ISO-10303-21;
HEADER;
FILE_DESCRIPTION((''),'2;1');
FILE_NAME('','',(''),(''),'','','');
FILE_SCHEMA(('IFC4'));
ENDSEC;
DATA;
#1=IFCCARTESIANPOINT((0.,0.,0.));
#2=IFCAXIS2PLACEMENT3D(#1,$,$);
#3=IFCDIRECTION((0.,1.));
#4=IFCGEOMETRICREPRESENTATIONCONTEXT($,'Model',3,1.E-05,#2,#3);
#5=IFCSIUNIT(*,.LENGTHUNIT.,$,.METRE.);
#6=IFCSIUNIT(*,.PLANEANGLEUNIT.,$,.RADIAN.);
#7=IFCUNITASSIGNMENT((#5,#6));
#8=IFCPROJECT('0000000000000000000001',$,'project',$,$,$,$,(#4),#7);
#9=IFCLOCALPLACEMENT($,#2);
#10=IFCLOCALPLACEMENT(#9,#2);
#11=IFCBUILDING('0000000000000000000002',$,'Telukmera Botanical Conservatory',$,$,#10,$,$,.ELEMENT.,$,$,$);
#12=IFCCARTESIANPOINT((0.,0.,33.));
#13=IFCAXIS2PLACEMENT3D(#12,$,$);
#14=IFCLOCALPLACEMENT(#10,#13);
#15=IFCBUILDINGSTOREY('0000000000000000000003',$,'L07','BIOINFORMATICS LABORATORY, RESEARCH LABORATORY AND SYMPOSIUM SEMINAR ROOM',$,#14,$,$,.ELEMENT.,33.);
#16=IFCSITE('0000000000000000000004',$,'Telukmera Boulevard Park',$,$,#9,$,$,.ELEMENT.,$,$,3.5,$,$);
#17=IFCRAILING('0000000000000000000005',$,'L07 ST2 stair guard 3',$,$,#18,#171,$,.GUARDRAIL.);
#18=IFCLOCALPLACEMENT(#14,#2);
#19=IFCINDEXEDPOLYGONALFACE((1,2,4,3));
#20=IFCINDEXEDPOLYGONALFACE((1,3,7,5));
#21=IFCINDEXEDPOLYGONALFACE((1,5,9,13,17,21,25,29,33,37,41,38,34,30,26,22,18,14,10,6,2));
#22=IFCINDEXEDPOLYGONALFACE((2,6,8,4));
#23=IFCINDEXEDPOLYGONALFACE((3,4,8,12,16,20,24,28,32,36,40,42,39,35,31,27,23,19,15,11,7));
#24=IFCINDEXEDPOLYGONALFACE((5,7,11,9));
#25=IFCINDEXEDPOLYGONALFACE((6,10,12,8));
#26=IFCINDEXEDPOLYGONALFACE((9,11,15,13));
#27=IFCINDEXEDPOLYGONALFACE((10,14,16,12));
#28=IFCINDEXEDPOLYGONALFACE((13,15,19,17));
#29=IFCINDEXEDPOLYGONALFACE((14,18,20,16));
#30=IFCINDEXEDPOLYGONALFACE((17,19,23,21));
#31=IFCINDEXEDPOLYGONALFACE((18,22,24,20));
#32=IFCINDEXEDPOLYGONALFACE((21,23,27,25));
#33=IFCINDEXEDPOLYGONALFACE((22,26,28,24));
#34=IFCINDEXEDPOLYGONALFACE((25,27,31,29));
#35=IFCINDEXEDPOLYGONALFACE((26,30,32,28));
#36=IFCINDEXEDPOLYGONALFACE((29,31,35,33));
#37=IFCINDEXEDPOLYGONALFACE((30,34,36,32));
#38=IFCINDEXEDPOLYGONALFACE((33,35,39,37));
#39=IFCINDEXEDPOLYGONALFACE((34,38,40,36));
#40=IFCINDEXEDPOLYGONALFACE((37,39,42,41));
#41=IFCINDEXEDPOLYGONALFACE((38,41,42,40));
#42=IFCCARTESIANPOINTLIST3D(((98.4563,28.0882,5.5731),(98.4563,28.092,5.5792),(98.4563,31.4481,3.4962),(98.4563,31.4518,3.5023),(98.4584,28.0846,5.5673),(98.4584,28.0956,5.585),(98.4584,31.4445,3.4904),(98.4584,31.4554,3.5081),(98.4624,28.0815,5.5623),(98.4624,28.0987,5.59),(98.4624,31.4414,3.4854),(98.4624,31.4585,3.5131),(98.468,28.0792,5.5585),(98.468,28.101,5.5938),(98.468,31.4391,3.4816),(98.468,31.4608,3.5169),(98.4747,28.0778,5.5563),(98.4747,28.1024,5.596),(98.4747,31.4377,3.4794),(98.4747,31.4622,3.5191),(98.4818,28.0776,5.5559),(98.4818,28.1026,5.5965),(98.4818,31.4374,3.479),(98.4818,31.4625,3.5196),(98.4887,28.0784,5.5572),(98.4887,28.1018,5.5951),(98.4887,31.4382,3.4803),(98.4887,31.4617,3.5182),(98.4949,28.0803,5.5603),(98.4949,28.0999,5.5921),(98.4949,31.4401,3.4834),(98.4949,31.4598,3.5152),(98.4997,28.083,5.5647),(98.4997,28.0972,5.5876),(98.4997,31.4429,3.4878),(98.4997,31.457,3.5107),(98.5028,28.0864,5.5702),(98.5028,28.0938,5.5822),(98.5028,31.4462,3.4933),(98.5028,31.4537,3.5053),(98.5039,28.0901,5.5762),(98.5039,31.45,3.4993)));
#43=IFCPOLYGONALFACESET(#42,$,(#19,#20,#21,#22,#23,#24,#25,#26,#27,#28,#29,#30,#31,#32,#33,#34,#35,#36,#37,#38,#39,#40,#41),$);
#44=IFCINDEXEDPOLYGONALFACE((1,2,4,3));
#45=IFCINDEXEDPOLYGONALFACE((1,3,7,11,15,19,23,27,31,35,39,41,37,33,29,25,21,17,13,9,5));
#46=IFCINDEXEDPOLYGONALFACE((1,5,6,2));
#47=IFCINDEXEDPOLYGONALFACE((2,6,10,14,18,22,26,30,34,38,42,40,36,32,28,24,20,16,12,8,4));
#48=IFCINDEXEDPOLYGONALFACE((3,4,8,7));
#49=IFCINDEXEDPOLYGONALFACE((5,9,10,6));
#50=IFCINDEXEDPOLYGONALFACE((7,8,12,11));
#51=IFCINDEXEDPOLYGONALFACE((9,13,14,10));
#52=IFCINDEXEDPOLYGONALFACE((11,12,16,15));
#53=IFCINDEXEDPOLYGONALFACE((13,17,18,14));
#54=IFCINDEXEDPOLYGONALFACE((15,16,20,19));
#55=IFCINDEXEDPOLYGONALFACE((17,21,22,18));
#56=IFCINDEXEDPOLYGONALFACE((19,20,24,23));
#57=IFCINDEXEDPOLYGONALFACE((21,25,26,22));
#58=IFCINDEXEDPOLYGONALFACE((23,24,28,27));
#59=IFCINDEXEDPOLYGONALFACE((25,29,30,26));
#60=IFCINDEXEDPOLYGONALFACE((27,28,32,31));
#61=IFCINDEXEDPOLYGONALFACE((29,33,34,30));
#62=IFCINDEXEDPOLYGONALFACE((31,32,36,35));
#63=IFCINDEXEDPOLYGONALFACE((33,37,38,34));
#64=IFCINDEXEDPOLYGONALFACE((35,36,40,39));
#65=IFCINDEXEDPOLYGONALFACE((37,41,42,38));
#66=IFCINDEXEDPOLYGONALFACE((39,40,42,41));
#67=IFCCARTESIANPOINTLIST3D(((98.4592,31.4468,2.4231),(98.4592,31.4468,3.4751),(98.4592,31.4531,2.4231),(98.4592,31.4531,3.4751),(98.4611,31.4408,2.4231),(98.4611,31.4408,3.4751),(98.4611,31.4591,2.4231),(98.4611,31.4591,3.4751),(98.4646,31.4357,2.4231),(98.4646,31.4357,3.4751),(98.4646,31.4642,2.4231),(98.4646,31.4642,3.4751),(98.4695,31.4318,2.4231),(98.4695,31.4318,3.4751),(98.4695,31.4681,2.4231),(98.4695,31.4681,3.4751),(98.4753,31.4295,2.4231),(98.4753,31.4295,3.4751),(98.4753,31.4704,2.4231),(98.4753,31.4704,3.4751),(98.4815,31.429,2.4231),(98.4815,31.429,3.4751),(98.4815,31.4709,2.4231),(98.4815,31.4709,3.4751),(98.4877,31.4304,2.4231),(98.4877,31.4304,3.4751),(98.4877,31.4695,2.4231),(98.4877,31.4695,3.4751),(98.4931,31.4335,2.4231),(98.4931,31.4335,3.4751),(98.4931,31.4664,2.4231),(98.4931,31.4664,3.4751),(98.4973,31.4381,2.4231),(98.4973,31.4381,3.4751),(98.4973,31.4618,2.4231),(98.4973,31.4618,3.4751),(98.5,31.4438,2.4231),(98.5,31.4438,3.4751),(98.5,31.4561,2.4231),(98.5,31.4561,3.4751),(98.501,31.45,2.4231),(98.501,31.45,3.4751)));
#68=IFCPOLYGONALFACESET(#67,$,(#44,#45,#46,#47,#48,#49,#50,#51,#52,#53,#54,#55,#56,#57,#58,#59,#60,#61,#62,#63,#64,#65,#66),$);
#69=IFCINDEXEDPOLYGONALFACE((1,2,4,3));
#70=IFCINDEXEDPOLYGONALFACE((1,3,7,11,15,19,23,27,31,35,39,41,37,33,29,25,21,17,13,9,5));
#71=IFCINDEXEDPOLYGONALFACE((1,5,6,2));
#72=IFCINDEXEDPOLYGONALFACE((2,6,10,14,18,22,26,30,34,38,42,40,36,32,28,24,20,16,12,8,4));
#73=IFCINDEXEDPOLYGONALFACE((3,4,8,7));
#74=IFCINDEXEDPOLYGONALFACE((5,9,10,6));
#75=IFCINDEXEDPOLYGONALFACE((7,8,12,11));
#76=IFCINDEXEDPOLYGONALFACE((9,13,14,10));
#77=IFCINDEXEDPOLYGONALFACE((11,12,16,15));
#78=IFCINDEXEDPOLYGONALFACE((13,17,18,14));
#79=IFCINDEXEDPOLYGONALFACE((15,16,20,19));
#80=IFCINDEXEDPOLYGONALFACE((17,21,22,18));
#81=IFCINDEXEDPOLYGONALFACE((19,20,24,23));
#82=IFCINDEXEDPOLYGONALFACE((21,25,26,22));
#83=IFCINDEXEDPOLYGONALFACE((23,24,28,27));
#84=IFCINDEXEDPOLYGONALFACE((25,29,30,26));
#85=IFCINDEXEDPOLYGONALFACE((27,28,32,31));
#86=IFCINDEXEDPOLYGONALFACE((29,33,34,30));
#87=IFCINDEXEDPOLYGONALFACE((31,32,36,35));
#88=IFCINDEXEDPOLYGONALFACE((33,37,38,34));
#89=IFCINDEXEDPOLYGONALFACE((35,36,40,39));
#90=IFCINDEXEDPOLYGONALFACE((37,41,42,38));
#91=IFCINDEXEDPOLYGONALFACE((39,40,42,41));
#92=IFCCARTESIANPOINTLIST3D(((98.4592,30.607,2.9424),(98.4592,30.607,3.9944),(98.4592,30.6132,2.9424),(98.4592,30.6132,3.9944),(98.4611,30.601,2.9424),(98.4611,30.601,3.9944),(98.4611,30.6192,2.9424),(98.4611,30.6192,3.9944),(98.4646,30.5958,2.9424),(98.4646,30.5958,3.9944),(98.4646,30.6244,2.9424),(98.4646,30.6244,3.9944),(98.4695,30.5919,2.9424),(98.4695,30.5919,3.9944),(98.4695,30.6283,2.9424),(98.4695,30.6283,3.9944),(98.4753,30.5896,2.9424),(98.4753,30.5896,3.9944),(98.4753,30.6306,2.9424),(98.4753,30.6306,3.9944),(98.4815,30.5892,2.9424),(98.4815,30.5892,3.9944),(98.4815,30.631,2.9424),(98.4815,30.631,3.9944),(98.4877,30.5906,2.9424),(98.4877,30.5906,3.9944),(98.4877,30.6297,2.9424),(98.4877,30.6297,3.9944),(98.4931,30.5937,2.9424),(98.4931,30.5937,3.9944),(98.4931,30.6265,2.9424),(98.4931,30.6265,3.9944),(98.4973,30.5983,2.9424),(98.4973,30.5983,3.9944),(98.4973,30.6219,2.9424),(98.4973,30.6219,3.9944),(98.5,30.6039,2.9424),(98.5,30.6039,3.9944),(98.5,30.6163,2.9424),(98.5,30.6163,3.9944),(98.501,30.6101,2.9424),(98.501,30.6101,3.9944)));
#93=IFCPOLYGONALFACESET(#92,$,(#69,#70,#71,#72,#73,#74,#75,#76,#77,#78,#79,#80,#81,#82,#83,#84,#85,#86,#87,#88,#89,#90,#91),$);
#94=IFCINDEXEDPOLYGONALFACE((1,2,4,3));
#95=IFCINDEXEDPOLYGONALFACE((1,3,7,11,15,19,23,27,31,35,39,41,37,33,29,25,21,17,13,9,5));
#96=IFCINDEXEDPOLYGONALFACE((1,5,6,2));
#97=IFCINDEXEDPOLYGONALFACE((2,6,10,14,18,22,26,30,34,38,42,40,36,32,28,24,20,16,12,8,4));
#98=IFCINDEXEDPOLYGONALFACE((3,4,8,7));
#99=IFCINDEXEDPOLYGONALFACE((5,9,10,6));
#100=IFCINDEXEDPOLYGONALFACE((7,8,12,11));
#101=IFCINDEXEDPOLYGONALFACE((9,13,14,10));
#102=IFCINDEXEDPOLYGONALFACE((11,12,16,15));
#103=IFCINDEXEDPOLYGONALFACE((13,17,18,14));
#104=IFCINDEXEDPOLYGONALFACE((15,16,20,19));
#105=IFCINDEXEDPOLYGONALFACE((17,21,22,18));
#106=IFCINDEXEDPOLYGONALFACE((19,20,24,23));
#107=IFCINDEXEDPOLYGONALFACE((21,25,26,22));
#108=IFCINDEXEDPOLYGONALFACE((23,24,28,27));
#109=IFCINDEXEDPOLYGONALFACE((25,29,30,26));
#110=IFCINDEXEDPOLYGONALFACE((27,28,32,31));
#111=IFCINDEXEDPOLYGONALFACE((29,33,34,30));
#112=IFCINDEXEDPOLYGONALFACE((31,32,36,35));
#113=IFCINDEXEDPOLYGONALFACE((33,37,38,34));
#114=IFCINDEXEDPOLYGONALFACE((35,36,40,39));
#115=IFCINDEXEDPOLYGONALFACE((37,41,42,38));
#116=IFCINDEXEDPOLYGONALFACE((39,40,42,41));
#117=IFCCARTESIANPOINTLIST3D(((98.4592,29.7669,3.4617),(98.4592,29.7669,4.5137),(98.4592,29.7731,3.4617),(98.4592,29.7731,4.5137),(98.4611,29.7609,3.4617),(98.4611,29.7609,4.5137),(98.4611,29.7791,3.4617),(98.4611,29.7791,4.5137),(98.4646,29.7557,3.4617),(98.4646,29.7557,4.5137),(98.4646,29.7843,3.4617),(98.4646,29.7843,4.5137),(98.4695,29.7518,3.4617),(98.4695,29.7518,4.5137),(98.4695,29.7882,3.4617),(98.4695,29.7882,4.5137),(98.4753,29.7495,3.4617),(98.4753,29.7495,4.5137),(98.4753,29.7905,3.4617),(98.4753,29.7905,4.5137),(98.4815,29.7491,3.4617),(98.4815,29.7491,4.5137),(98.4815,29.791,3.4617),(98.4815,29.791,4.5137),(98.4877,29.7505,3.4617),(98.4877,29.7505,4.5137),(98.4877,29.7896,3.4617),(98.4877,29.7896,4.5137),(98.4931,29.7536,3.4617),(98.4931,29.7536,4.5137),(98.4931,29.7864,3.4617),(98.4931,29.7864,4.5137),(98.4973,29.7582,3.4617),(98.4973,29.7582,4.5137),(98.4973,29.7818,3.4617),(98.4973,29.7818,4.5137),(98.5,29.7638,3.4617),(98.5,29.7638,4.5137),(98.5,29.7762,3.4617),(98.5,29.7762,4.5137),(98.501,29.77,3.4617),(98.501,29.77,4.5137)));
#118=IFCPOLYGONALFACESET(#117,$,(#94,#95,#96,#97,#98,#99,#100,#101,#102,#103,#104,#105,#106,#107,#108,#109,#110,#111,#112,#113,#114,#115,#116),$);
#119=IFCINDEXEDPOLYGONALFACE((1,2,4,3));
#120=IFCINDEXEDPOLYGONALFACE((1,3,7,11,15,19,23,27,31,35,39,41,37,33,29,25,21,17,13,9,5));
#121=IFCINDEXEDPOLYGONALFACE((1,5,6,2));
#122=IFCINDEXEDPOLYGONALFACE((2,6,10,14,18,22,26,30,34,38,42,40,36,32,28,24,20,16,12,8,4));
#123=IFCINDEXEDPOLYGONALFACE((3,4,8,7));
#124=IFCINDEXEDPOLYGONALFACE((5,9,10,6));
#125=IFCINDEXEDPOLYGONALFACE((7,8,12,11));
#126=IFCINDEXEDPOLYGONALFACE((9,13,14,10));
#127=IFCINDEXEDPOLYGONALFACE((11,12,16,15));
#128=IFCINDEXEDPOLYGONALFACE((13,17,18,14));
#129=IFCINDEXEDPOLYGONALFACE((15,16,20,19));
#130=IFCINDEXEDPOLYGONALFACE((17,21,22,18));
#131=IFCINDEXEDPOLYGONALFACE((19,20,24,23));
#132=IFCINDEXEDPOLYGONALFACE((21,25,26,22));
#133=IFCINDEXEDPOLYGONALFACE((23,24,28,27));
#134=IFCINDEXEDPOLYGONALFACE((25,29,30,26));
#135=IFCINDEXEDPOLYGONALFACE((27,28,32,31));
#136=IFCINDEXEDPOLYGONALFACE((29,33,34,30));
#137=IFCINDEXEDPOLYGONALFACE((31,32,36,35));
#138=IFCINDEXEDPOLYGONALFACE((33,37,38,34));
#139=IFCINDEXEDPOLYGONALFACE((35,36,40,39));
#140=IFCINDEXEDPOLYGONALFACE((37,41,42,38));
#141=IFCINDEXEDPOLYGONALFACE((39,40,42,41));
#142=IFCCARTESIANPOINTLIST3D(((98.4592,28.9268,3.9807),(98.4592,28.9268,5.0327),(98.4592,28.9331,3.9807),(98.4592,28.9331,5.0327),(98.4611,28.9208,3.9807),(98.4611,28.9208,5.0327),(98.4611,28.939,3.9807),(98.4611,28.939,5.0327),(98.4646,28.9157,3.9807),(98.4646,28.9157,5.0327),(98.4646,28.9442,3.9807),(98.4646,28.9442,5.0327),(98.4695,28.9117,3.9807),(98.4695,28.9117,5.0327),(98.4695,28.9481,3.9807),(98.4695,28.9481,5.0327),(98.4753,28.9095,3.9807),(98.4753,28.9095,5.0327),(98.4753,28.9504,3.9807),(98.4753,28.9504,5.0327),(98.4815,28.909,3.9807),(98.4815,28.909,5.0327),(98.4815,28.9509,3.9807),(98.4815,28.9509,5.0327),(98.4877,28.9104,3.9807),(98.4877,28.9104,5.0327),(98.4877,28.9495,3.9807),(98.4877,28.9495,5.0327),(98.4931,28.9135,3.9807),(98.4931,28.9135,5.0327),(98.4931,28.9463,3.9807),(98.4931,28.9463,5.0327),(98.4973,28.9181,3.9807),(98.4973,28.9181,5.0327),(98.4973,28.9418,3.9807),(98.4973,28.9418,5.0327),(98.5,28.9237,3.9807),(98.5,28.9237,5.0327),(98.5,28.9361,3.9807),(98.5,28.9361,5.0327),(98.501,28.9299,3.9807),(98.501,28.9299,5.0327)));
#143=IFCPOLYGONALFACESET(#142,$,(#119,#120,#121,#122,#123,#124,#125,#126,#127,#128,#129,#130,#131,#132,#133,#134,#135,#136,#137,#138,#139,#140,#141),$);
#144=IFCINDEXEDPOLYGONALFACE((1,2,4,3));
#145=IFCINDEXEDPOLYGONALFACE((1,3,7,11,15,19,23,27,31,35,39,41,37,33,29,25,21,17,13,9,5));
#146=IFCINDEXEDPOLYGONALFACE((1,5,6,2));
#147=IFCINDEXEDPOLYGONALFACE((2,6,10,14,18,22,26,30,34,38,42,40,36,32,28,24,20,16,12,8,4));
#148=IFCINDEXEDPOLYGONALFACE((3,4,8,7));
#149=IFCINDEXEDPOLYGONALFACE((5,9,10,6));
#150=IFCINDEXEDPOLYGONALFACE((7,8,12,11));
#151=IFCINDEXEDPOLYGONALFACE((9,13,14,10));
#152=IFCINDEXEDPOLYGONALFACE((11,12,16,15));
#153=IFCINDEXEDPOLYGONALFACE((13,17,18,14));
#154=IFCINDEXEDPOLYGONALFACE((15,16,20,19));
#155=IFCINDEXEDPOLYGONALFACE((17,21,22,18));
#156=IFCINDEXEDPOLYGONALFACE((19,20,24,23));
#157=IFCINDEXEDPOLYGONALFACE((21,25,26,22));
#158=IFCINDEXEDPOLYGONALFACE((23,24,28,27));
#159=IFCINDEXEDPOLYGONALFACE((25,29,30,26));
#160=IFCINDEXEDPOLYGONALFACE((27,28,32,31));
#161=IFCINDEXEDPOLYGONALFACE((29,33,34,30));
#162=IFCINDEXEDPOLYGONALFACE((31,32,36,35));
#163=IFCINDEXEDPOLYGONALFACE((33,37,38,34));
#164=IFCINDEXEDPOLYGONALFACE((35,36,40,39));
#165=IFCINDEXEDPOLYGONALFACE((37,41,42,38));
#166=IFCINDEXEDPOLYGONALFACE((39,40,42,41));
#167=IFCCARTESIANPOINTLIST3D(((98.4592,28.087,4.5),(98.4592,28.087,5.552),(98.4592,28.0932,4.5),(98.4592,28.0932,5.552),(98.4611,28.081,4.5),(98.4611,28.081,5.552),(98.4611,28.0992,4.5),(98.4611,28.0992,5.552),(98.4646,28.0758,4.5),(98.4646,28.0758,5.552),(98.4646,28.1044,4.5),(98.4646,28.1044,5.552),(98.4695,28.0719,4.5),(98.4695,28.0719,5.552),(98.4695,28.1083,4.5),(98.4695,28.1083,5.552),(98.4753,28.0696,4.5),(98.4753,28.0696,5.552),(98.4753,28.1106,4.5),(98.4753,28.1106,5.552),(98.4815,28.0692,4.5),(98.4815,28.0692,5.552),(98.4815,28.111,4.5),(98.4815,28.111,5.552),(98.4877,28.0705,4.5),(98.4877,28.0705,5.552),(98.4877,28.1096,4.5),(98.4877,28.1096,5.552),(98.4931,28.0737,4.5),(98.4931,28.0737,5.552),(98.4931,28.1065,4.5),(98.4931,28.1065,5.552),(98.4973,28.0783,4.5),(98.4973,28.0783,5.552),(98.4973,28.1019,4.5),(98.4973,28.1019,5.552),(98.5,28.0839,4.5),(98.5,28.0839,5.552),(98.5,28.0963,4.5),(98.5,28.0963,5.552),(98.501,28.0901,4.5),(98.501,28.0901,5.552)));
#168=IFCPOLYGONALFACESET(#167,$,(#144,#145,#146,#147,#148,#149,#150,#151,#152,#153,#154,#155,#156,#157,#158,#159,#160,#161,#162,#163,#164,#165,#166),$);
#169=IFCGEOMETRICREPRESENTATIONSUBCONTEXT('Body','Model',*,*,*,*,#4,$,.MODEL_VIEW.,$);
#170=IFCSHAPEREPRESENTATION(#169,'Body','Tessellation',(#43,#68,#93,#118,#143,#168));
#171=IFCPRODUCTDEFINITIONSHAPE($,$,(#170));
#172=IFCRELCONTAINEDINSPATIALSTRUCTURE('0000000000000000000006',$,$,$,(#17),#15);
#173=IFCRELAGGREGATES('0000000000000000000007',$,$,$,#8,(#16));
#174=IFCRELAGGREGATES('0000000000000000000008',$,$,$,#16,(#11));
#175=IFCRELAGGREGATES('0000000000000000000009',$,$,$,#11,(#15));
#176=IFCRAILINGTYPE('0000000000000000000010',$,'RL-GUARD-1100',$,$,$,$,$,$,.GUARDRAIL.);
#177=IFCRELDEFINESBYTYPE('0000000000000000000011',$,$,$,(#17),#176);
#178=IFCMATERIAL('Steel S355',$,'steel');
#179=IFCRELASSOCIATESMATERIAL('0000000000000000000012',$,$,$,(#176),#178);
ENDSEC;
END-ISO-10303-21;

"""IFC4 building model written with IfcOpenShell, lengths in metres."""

from ifc_helpers import new_model, si_unit, direction, frame, origin, origin_2d, place, context, subcontext, project, spatial, circle, extrude, material, type_object, element, save


model = new_model("IFC4")

# Units and contexts
model_context = context("Model", 3, precision=1e-05, world=origin(), true_north=direction((0.0, 1.0)))
body_context = subcontext(model_context, "Body", "Model", "MODEL_VIEW")
ifc_project = project(units=[si_unit("LENGTHUNIT", "METRE"), si_unit("PLANEANGLEUNIT", "RADIAN")], contexts=[model_context])

# Site, building, storey
site_placement = place(None, origin())
site = spatial("IfcSite", under=ifc_project, at=site_placement, Name="Telukmera Boulevard Park", CompositionType="ELEMENT", RefElevation=3.5)
building_placement = place(site_placement, origin())
building = spatial("IfcBuilding", under=site, at=building_placement, Name="Telukmera Botanical Conservatory", CompositionType="ELEMENT")
storey_placement = place(building_placement, frame((0.0, 0.0, 33.0)))
storey = spatial("IfcBuildingStorey", under=building, at=storey_placement, Name="L07", Description="BIOINFORMATICS LABORATORY, RESEARCH LABORATORY AND SYMPOSIUM SEMINAR ROOM", CompositionType="ELEMENT", Elevation=33.0)

# Railing
ifc_material_1 = material(Name="Steel S355", Category="steel")
railing_type_1 = type_object("IfcRailingType", Name="RL-GUARD-1100", PredefinedType="GUARDRAIL", material=ifc_material_1)
railing_1_placement = place(storey_placement, frame((98.48, 31.45, 2.4231)))
element("IfcRailing", 1, at=railing_1_placement, inside=storey, type_object=railing_type_1, Name="L07 ST2 stair guard 3", PredefinedType="GUARDRAIL", context=body_context, shape_type="SweptSolid", body=[
    extrude(circle(Radius=0.0239, at=origin_2d()), frame((0.0, 0.0, 1.0762), z_axis=(0.0, -0.850606, 0.525803), x_axis=(1.0, 0.0, 0.0)), (0.0, 0.0, 1.0), 3.95),
    extrude(circle(Radius=0.021, at=origin_2d()), origin(), (0.0, 0.0, 1.0), 1.052),
    extrude(circle(Radius=0.021, at=origin_2d()), frame((0.0, -0.8398, 0.5193)), (0.0, 0.0, 1.0), 1.052),
    extrude(circle(Radius=0.021, at=origin_2d()), frame((0.0, -1.6799, 1.0386)), (0.0, 0.0, 1.0), 1.052),
    extrude(circle(Radius=0.021, at=origin_2d()), frame((0.0, -2.52, 1.5576)), (0.0, 0.0, 1.0), 1.052),
    extrude(circle(Radius=0.021, at=origin_2d()), frame((0.0, -3.3599, 2.0769)), (0.0, 0.0, 1.0), 1.052),
])

save(model, "model.ifc")
